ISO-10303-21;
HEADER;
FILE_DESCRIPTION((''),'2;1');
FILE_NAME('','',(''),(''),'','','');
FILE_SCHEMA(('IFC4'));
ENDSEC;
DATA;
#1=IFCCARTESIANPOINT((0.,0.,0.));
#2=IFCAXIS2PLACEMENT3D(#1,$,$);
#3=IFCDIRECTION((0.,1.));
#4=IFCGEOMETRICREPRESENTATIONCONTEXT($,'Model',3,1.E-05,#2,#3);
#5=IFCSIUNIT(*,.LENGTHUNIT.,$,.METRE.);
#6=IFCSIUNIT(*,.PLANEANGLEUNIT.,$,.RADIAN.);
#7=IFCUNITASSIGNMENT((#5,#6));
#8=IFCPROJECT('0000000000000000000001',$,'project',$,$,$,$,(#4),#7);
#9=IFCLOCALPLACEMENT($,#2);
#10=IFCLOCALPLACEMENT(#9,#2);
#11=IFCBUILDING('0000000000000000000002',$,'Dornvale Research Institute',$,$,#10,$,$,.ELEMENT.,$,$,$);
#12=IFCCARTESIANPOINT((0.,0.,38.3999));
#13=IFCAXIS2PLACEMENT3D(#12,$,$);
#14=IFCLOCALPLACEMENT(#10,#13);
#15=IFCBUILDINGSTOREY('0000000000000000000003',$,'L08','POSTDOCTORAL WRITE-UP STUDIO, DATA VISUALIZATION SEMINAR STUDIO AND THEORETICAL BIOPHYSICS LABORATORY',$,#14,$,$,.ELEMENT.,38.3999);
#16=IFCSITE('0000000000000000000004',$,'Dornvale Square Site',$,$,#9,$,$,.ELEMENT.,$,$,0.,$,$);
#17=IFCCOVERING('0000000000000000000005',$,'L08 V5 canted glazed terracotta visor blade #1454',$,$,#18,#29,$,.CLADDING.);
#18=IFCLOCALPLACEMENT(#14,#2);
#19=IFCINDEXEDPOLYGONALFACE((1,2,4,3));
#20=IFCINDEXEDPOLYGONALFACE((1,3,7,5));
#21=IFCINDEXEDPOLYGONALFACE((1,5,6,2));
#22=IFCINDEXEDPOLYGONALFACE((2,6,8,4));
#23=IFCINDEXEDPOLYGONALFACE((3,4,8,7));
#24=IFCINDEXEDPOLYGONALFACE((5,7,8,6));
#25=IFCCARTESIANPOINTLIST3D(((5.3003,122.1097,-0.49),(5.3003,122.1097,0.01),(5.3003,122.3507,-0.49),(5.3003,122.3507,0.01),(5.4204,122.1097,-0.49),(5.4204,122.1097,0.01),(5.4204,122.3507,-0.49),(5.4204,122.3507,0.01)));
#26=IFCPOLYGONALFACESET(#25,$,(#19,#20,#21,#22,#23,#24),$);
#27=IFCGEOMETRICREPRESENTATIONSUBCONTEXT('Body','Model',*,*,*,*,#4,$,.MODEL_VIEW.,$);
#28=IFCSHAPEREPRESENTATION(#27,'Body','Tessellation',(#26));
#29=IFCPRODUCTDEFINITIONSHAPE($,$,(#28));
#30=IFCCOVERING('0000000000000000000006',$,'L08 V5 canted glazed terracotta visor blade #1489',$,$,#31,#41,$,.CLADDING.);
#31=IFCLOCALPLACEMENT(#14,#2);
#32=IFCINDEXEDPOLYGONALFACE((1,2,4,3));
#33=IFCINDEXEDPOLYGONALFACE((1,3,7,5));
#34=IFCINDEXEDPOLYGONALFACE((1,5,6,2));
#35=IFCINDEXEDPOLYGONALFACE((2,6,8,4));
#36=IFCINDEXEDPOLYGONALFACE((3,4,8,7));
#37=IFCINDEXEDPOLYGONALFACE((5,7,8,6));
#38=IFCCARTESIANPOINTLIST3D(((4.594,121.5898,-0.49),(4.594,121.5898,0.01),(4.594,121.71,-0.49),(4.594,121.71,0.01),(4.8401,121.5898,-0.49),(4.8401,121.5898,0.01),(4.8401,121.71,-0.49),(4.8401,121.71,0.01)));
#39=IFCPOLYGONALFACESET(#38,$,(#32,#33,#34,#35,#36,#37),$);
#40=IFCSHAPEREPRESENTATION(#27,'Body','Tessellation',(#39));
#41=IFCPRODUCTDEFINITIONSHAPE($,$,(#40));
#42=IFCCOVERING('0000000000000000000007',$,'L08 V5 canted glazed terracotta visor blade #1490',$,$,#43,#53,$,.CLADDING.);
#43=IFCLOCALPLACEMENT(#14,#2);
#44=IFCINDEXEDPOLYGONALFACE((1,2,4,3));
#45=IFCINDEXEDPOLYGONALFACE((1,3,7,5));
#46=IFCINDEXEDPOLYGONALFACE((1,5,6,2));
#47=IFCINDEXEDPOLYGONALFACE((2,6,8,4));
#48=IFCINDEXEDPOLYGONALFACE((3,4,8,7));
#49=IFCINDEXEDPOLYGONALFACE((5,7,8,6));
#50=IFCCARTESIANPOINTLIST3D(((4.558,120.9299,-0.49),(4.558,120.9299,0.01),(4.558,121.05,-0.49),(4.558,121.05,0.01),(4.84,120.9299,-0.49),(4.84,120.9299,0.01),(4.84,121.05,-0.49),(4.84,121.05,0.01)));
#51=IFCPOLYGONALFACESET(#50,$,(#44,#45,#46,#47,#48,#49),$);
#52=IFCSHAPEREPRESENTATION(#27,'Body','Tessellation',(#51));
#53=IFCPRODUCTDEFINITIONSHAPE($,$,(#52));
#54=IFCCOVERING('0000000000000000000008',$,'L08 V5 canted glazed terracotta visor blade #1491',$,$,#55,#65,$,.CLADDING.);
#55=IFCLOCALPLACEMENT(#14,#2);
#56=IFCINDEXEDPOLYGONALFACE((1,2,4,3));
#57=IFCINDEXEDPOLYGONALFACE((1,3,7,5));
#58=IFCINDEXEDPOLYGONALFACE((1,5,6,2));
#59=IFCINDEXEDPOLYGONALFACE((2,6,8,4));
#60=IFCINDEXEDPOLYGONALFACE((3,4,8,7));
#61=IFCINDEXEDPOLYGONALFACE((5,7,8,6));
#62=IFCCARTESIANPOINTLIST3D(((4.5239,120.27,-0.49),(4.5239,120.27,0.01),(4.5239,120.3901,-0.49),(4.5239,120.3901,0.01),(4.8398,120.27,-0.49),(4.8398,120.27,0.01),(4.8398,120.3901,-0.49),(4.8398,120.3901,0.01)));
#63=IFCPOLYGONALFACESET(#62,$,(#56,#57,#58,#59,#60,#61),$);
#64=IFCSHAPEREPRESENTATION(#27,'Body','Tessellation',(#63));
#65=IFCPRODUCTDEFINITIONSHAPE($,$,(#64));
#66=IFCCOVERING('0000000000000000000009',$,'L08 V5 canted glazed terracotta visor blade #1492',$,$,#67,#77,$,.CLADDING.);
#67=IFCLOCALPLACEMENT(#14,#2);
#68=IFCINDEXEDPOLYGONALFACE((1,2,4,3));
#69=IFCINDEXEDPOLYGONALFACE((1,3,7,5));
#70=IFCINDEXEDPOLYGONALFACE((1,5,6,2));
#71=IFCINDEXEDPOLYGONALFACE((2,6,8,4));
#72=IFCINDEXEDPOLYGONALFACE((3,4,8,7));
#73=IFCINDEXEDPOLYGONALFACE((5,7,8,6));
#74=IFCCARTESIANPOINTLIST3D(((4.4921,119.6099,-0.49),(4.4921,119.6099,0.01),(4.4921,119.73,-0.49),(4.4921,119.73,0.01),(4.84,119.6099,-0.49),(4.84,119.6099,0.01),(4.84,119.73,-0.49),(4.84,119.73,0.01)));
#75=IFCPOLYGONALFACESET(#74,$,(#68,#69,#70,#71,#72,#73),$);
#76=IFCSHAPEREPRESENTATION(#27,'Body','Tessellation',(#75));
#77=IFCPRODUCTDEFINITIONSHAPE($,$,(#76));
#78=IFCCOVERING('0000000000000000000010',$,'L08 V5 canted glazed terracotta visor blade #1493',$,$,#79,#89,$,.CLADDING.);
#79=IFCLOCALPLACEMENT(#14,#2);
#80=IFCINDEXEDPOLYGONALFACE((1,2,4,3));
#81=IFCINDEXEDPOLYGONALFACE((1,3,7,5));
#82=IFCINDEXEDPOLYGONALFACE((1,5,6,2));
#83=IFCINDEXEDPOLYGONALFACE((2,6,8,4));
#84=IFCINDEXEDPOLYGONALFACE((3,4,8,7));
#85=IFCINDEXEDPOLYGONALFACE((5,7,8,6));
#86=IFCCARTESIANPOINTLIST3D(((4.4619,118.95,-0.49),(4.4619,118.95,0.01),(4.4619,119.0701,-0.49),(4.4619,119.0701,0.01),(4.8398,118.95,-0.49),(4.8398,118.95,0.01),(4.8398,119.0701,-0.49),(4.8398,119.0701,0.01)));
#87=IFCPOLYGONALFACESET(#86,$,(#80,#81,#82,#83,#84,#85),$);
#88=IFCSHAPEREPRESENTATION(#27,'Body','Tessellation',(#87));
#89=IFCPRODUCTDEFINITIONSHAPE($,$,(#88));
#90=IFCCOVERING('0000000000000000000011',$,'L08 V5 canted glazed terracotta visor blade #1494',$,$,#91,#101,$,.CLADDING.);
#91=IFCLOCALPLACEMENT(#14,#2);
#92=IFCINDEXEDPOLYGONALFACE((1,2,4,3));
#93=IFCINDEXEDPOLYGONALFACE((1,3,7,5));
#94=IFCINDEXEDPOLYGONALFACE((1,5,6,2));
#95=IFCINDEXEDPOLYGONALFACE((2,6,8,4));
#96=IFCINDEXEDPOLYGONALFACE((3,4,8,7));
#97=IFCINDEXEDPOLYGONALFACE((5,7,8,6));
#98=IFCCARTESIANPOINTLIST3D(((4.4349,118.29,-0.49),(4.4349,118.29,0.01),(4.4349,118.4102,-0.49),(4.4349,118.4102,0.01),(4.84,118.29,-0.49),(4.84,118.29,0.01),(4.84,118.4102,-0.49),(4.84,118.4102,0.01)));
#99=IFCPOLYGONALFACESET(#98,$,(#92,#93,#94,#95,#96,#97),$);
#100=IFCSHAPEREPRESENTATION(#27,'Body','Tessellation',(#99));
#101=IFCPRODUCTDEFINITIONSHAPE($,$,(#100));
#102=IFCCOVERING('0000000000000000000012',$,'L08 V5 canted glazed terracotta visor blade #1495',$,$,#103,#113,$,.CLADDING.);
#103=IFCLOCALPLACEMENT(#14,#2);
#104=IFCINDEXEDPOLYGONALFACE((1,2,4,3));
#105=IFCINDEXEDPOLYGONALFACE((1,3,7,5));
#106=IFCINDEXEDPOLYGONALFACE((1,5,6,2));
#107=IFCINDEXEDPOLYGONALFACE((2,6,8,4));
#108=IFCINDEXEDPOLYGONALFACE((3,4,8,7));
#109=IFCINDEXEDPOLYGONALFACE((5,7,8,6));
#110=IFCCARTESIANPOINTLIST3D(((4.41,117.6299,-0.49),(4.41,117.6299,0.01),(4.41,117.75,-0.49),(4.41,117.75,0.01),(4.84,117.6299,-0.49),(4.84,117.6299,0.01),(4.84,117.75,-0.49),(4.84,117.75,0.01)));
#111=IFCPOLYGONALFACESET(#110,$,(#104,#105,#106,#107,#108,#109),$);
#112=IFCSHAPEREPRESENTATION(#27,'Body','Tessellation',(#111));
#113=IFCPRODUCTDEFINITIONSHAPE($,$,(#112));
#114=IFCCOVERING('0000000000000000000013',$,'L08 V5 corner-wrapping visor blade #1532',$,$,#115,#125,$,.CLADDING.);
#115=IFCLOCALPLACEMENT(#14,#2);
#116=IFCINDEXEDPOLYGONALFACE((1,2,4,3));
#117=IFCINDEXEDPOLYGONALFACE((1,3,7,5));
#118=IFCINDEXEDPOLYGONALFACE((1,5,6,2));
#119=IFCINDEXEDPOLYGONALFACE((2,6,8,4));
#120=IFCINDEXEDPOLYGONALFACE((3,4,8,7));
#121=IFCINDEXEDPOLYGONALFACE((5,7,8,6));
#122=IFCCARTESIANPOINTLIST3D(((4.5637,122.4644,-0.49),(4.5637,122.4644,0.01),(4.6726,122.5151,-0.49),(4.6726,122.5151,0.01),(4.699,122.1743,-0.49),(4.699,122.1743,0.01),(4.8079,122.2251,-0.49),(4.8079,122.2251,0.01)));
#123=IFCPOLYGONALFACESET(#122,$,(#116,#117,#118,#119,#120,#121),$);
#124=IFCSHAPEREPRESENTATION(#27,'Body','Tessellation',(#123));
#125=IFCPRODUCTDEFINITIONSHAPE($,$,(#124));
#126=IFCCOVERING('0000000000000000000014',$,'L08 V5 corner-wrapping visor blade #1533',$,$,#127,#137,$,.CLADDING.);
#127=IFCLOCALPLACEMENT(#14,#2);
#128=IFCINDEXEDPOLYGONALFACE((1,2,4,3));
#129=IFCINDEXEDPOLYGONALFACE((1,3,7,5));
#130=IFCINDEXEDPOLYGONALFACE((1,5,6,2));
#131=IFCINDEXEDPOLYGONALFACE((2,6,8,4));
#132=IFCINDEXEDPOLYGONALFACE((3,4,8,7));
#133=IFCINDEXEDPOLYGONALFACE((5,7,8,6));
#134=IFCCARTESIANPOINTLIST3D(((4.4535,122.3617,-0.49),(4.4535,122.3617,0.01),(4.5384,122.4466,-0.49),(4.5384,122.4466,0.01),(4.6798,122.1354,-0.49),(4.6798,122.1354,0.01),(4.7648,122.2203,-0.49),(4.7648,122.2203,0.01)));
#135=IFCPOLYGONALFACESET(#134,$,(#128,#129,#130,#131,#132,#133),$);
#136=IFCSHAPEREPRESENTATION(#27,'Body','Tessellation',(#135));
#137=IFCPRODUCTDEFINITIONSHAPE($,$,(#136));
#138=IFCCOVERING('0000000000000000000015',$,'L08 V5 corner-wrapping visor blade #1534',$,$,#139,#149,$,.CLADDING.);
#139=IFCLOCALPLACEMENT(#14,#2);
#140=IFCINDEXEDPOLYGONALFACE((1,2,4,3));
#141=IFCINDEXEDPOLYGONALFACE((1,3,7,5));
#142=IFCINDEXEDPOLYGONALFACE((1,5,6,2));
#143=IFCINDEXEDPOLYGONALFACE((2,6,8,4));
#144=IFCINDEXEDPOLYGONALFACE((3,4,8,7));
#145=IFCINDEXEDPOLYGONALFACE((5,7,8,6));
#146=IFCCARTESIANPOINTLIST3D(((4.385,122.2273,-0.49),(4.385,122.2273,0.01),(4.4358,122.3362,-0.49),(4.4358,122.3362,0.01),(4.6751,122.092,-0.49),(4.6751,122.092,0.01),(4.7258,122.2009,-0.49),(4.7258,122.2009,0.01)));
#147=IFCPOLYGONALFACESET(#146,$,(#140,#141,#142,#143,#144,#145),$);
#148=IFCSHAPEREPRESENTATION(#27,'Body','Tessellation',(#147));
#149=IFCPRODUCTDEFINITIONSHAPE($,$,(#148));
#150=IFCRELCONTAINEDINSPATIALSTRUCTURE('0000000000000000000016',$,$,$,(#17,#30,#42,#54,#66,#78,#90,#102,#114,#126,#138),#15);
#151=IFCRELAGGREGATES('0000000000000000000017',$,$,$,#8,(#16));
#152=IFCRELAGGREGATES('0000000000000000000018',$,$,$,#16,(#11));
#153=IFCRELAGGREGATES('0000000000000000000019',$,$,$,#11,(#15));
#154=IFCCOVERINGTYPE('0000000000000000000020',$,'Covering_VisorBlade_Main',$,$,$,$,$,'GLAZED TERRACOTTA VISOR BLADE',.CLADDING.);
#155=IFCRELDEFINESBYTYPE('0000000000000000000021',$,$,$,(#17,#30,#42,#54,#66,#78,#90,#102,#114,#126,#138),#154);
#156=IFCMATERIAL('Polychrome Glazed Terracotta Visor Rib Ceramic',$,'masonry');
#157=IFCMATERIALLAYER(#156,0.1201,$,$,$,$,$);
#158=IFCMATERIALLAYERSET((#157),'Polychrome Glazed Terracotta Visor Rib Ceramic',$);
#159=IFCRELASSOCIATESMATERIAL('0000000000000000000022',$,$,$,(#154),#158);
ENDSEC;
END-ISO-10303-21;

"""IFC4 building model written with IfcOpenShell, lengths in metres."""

from ifc_helpers import new_model, si_unit, direction, frame, origin, origin_2d, place, context, subcontext, project, spatial, rectangle, extrude, material, layer, layer_set, type_object, element, save


model = new_model("IFC4")

# Units and contexts
model_context = context("Model", 3, precision=1e-05, world=origin(), true_north=direction((0.0, 1.0)))
body_context = subcontext(model_context, "Body", "Model", "MODEL_VIEW")
ifc_project = project(units=[si_unit("LENGTHUNIT", "METRE"), si_unit("PLANEANGLEUNIT", "RADIAN")], contexts=[model_context])

# Site, building, storey
site_placement = place(None, origin())
site = spatial("IfcSite", under=ifc_project, at=site_placement, Name="Dornvale Square Site", CompositionType="ELEMENT", RefElevation=0.0)
building_placement = place(site_placement, origin())
building = spatial("IfcBuilding", under=site, at=building_placement, Name="Dornvale Research Institute", CompositionType="ELEMENT")
storey_placement = place(building_placement, frame((0.0, 0.0, 38.3999)))
storey = spatial("IfcBuildingStorey", under=building, at=storey_placement, Name="L08", Description="POSTDOCTORAL WRITE-UP STUDIO, DATA VISUALIZATION SEMINAR STUDIO AND THEORETICAL BIOPHYSICS LABORATORY", CompositionType="ELEMENT", Elevation=38.3999)

# Coverings
ifc_material_1 = material(Name="Polychrome Glazed Terracotta Visor Rib Ceramic", Category="masonry")
ifc_layer_1 = layer(ifc_material_1, 0.1201)
ifc_layer_set_1 = layer_set([ifc_layer_1], Name="Polychrome Glazed Terracotta Visor Rib Ceramic")
covering_type = type_object("IfcCoveringType", Name="Covering_VisorBlade_Main", ElementType="GLAZED TERRACOTTA VISOR BLADE", PredefinedType="CLADDING", material=ifc_layer_set_1)
covering_1_placement = place(storey_placement, frame((5.3604, 122.2302, -0.49), z_axis=(0.0, 0.0, 1.0), x_axis=(0.0, 1.0, 0.0)))
element("IfcCovering", 1, at=covering_1_placement, inside=storey, type_object=covering_type, Name="L08 V5 canted glazed terracotta visor blade #1454", PredefinedType="CLADDING", context=body_context, shape_type="SweptSolid", body=[
    extrude(rectangle(XDim=0.241, YDim=0.1201, at=origin_2d()), origin(), (0.0, 0.0, 1.0), 0.5),
])
covering_2_placement = place(storey_placement, frame((4.717, 121.6499, -0.49), z_axis=(0.0, 0.0, 1.0), x_axis=(1.0, 0.0, 0.0)))
element("IfcCovering", 2, at=covering_2_placement, inside=storey, type_object=covering_type, Name="L08 V5 canted glazed terracotta visor blade #1489", PredefinedType="CLADDING", context=body_context, shape_type="SweptSolid", body=[
    extrude(rectangle(XDim=0.2461, YDim=0.1201, at=origin_2d()), origin(), (0.0, 0.0, 1.0), 0.5),
])
covering_3_placement = place(storey_placement, frame((4.699, 120.99, -0.49), z_axis=(0.0, 0.0, 1.0), x_axis=(1.0, 0.0, 0.0)))
element("IfcCovering", 3, at=covering_3_placement, inside=storey, type_object=covering_type, Name="L08 V5 canted glazed terracotta visor blade #1490", PredefinedType="CLADDING", context=body_context, shape_type="SweptSolid", body=[
    extrude(rectangle(XDim=0.282, YDim=0.1201, at=origin_2d()), origin(), (0.0, 0.0, 1.0), 0.5),
])
covering_4_placement = place(storey_placement, frame((4.6819, 120.3301, -0.49), z_axis=(0.0, 0.0, 1.0), x_axis=(1.0, 0.0, 0.0)))
element("IfcCovering", 4, at=covering_4_placement, inside=storey, type_object=covering_type, Name="L08 V5 canted glazed terracotta visor blade #1491", PredefinedType="CLADDING", context=body_context, shape_type="SweptSolid", body=[
    extrude(rectangle(XDim=0.3159, YDim=0.1201, at=origin_2d()), origin(), (0.0, 0.0, 1.0), 0.5),
])
covering_5_placement = place(storey_placement, frame((4.666, 119.6699, -0.49), z_axis=(0.0, 0.0, 1.0), x_axis=(1.0, 0.0, 0.0)))
element("IfcCovering", 5, at=covering_5_placement, inside=storey, type_object=covering_type, Name="L08 V5 canted glazed terracotta visor blade #1492", PredefinedType="CLADDING", context=body_context, shape_type="SweptSolid", body=[
    extrude(rectangle(XDim=0.3479, YDim=0.1201, at=origin_2d()), origin(), (0.0, 0.0, 1.0), 0.5),
])
covering_6_placement = place(storey_placement, frame((4.6509, 119.01, -0.49), z_axis=(0.0, 0.0, 1.0), x_axis=(1.0, 0.0, 0.0)))
element("IfcCovering", 6, at=covering_6_placement, inside=storey, type_object=covering_type, Name="L08 V5 canted glazed terracotta visor blade #1493", PredefinedType="CLADDING", context=body_context, shape_type="SweptSolid", body=[
    extrude(rectangle(XDim=0.3779, YDim=0.1201, at=origin_2d()), origin(), (0.0, 0.0, 1.0), 0.5),
])
covering_7_placement = place(storey_placement, frame((4.6375, 118.3501, -0.49), z_axis=(0.0, 0.0, 1.0), x_axis=(1.0, 0.0, 0.0)))
element("IfcCovering", 7, at=covering_7_placement, inside=storey, type_object=covering_type, Name="L08 V5 canted glazed terracotta visor blade #1494", PredefinedType="CLADDING", context=body_context, shape_type="SweptSolid", body=[
    extrude(rectangle(XDim=0.405, YDim=0.1201, at=origin_2d()), origin(), (0.0, 0.0, 1.0), 0.5),
])
covering_8_placement = place(storey_placement, frame((4.625, 117.6899, -0.49), z_axis=(0.0, 0.0, 1.0), x_axis=(1.0, 0.0, 0.0)))
element("IfcCovering", 8, at=covering_8_placement, inside=storey, type_object=covering_type, Name="L08 V5 canted glazed terracotta visor blade #1495", PredefinedType="CLADDING", context=body_context, shape_type="SweptSolid", body=[
    extrude(rectangle(XDim=0.4299, YDim=0.1201, at=origin_2d()), origin(), (0.0, 0.0, 1.0), 0.5),
])
for number, where, z_axis, x_axis, name in (
    (9, (4.6858, 122.3447, -0.49), (0.0, 0.0, 1.0), (-0.422618, 0.906308, 0.0), "L08 V5 corner-wrapping visor blade #1532"),
    (10, (4.6091, 122.291, -0.49), (0.0, 0.0, 1.0), (-0.707107, 0.707107, 0.0), "L08 V5 corner-wrapping visor blade #1533"),
    (11, (4.5554, 122.2141, -0.49), (0.0, 0.0, 1.0), (-0.906308, 0.422618, 0.0), "L08 V5 corner-wrapping visor blade #1534"),
):
    element("IfcCovering", number, at=place(storey_placement, frame(where, z_axis=z_axis, x_axis=x_axis)), inside=storey, type_object=covering_type, Name=name, PredefinedType="CLADDING", context=body_context, shape_type="SweptSolid", body=[
        extrude(rectangle(XDim=0.3201, YDim=0.1201, at=origin_2d()), origin(), (0.0, 0.0, 1.0), 0.5),
    ])

save(model, "model.ifc")
